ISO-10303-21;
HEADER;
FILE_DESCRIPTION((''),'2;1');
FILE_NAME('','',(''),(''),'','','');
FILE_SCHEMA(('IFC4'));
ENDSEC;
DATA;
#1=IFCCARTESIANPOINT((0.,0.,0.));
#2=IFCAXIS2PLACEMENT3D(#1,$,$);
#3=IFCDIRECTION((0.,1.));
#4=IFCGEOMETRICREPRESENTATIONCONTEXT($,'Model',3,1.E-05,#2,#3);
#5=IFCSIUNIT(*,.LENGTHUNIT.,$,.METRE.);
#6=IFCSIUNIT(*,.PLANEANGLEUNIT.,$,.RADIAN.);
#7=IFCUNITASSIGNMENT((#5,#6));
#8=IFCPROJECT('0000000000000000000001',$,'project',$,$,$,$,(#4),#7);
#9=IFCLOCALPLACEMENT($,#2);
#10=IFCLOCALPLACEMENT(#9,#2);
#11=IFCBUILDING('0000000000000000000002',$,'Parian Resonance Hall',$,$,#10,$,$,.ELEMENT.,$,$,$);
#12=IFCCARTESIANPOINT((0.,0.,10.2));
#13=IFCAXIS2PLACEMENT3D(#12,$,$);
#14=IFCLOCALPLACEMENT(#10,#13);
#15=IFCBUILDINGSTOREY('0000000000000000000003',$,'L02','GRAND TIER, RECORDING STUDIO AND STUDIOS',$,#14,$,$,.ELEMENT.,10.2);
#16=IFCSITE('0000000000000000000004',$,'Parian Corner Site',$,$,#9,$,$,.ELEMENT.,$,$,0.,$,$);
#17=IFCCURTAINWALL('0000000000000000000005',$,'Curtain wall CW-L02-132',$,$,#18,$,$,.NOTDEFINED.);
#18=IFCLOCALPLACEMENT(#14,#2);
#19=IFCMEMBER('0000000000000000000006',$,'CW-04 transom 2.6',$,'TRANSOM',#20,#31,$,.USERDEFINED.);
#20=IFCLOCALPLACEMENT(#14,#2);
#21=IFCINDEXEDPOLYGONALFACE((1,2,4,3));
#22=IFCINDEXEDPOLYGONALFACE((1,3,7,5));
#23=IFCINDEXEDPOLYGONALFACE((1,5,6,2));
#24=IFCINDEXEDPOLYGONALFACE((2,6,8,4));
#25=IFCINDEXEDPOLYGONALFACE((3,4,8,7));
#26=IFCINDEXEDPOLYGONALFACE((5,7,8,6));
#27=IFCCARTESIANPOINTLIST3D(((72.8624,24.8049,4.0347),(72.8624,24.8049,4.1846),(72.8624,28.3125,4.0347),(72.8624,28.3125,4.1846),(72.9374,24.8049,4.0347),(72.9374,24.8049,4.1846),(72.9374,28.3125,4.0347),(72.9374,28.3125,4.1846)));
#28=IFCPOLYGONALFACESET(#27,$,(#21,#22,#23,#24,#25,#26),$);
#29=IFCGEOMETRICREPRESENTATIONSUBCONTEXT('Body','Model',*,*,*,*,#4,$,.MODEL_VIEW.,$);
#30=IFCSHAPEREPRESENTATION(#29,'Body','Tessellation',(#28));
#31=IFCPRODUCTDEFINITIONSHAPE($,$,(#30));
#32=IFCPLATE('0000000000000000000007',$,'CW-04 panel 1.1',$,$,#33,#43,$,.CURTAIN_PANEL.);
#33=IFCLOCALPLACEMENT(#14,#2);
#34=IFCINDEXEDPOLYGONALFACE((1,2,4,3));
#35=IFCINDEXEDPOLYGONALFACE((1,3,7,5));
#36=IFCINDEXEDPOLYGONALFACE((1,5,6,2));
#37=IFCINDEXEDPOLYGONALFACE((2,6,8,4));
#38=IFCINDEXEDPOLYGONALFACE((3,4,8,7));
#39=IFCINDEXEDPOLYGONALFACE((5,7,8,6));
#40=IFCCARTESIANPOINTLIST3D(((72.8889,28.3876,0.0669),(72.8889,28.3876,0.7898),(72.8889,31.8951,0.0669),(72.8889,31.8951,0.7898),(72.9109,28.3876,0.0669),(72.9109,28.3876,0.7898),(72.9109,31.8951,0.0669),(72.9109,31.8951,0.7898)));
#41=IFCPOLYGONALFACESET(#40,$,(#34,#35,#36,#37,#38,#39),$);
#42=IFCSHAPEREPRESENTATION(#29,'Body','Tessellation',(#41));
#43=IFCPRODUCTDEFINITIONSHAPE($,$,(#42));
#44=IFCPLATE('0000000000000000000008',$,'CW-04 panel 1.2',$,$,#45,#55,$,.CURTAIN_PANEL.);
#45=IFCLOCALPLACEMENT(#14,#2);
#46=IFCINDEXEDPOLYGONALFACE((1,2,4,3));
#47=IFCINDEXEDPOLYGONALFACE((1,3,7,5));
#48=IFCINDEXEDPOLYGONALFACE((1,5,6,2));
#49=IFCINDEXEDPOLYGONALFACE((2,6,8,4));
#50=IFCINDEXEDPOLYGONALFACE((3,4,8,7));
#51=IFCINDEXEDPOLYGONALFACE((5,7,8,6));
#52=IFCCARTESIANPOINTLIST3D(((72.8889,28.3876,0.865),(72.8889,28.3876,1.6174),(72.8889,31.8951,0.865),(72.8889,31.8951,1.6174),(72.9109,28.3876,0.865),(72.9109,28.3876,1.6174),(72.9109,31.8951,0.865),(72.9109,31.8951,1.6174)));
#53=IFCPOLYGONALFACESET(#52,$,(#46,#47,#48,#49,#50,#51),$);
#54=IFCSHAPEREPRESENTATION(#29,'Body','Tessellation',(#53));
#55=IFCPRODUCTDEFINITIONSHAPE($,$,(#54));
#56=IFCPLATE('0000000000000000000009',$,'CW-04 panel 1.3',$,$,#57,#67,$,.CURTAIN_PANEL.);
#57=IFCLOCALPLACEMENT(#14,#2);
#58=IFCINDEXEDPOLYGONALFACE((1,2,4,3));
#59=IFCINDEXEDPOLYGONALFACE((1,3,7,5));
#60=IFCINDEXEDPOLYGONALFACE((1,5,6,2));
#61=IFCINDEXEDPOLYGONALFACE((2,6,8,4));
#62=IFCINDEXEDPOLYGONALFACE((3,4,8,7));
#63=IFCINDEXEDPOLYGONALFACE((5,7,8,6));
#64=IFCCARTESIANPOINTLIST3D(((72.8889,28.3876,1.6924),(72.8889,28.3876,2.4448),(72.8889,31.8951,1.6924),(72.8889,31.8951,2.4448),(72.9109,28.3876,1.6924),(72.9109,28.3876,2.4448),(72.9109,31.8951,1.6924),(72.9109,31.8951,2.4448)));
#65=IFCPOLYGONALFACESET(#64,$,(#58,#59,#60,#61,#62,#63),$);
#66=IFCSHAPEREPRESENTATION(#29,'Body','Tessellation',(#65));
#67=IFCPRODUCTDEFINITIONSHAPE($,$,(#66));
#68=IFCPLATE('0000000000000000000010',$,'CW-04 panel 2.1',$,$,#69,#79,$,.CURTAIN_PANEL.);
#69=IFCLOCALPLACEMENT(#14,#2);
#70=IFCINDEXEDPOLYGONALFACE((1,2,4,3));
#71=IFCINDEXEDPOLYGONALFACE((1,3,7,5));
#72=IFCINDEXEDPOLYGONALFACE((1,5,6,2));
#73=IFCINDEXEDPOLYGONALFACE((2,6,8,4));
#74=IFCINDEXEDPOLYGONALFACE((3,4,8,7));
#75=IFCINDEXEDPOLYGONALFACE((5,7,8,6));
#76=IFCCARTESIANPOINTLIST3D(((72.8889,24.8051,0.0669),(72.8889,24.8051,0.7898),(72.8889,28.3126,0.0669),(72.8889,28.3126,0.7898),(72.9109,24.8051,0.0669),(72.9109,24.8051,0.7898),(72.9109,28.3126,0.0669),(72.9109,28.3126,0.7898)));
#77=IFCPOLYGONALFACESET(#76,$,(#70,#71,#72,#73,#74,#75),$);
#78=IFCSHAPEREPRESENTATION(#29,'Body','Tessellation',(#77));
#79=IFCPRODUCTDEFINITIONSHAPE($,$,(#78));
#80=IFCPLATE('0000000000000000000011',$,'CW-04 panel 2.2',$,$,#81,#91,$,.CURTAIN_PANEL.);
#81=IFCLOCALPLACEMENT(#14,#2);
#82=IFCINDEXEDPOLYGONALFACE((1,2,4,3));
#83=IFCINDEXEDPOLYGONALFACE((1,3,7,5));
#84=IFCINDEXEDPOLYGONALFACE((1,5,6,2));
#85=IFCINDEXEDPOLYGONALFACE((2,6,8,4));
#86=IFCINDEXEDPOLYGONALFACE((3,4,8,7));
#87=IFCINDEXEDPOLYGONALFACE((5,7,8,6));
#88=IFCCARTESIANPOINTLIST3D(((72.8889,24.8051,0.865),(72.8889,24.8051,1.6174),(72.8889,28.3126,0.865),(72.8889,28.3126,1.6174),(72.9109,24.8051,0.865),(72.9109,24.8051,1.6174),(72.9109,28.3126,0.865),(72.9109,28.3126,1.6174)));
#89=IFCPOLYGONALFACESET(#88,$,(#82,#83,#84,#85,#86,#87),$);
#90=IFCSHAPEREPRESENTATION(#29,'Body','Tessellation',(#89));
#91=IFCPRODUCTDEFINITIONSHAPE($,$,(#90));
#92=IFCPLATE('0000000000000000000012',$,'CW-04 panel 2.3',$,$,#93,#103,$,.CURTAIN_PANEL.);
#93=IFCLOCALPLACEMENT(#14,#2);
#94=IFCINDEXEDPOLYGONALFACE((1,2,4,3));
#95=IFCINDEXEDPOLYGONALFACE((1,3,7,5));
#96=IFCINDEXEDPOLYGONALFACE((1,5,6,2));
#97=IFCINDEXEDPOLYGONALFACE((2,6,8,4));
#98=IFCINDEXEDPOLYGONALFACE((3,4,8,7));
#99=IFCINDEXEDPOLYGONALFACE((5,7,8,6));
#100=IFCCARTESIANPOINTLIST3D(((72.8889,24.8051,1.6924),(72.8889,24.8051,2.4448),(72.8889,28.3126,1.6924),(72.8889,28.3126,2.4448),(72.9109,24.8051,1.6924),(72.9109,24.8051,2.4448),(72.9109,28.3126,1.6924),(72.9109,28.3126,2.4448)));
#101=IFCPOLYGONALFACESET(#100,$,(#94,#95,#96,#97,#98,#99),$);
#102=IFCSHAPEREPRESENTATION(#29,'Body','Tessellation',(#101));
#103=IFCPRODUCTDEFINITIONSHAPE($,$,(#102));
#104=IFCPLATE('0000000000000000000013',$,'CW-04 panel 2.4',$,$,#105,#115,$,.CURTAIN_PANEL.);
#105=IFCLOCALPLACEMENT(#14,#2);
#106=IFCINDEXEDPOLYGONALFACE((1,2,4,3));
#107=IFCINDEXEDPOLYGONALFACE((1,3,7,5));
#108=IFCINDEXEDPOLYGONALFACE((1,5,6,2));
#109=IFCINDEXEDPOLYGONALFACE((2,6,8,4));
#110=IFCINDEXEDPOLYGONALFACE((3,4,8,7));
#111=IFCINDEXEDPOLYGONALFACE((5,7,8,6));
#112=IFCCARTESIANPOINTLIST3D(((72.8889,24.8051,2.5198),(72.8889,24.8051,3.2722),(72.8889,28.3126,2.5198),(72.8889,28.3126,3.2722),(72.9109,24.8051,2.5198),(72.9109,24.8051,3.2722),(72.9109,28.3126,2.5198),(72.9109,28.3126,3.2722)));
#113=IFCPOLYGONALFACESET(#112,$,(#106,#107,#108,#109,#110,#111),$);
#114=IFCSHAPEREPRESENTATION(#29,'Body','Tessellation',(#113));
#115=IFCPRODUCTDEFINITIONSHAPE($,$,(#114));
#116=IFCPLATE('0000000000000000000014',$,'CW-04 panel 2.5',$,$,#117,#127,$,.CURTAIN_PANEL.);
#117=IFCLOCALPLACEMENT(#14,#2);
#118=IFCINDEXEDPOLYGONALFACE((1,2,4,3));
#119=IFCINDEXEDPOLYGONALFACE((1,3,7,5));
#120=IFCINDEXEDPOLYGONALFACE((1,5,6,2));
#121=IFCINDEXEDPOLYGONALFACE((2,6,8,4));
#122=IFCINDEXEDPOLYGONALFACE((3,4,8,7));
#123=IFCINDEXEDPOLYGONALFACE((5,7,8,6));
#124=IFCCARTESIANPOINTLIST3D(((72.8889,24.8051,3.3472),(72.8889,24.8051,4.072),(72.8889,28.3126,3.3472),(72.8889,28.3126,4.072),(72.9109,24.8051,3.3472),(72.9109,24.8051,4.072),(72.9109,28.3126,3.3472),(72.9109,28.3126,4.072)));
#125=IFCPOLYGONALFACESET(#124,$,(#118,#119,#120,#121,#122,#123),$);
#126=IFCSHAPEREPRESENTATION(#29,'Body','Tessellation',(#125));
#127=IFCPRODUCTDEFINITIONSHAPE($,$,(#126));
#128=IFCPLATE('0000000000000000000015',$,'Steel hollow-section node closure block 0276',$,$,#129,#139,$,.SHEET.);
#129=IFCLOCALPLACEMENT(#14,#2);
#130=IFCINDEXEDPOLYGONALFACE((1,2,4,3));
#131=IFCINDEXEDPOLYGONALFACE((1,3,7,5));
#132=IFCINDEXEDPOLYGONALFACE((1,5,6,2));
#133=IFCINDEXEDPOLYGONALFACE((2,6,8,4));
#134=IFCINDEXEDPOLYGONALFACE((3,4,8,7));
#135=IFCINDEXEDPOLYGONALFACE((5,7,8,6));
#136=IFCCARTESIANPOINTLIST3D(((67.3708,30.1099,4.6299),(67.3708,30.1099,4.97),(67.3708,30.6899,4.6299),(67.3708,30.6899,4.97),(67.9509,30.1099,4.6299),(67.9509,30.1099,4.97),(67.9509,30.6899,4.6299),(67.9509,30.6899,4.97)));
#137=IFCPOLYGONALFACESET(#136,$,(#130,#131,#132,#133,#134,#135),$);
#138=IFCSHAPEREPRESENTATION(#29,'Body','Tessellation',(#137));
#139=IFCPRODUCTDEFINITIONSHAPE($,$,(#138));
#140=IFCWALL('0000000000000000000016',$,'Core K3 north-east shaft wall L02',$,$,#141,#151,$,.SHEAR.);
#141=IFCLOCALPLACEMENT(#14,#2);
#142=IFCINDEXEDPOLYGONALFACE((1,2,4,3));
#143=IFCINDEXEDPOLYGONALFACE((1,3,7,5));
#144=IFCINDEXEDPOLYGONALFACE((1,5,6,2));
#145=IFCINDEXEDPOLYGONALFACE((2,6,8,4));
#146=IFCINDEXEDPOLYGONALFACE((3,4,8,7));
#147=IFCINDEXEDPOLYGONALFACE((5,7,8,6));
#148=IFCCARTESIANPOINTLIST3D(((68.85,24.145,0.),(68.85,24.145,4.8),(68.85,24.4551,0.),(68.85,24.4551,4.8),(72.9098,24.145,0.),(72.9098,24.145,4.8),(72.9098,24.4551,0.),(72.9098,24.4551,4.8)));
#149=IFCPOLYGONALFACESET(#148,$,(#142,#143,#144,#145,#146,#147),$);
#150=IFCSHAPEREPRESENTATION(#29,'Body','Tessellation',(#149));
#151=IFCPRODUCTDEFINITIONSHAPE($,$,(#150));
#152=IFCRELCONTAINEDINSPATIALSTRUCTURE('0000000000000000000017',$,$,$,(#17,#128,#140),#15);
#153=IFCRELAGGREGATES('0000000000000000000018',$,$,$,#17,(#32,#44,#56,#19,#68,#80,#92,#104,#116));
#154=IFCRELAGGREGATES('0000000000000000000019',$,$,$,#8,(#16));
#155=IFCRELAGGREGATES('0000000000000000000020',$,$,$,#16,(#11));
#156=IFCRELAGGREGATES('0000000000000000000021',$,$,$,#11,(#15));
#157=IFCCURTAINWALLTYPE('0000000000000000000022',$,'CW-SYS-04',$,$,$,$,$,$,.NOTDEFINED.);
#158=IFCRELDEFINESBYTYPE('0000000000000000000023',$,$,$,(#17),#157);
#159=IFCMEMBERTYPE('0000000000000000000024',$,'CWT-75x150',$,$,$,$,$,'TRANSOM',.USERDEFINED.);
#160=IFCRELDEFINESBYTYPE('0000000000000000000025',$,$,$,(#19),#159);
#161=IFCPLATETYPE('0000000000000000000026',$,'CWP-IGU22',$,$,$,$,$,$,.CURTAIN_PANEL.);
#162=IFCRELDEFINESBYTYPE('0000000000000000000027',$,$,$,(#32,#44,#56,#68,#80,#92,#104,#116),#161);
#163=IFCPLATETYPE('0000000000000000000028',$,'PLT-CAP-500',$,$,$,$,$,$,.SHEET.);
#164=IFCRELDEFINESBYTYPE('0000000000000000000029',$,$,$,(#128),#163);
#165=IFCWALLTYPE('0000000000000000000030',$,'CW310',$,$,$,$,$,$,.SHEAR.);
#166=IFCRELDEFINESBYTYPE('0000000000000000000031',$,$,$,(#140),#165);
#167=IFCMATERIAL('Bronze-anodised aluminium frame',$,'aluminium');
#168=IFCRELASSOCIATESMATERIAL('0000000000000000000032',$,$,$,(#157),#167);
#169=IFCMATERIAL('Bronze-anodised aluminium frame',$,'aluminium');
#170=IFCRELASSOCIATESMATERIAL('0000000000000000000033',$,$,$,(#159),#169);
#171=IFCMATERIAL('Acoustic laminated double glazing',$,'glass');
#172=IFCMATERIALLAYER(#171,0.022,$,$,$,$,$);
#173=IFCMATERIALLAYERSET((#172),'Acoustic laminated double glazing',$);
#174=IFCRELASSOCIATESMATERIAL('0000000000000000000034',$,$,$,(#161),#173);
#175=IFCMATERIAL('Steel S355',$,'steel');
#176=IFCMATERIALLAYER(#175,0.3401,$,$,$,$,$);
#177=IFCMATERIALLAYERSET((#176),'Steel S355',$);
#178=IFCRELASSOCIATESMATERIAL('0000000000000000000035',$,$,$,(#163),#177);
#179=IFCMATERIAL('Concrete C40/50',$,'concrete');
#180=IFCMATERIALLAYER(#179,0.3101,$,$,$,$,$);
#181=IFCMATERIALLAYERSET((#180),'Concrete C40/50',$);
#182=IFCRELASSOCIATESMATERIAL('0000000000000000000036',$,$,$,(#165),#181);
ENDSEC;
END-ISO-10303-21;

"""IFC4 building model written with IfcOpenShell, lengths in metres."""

from ifc_helpers import new_model, si_unit, direction, frame, frame_2d, origin, origin_2d, place, context, subcontext, project, spatial, rectangle, extrude, material, layer, layer_set, material_profile, profile_set, type_object, element, aggregate, save


model = new_model("IFC4")

# Units and contexts
model_context = context("Model", 3, precision=1e-05, world=origin(), true_north=direction((0.0, 1.0)))
body_context = subcontext(model_context, "Body", "Model", "MODEL_VIEW")
ifc_project = project(units=[si_unit("LENGTHUNIT", "METRE"), si_unit("PLANEANGLEUNIT", "RADIAN")], contexts=[model_context])

# Site, building, storey
site_placement = place(None, origin())
site = spatial("IfcSite", under=ifc_project, at=site_placement, Name="Parian Corner Site", CompositionType="ELEMENT", RefElevation=0.0)
building_placement = place(site_placement, origin())
building = spatial("IfcBuilding", under=site, at=building_placement, Name="Parian Resonance Hall", CompositionType="ELEMENT")
storey_placement = place(building_placement, frame((0.0, 0.0, 10.2)))
storey = spatial("IfcBuildingStorey", under=building, at=storey_placement, Name="L02", Description="GRAND TIER, RECORDING STUDIO AND STUDIOS", CompositionType="ELEMENT", Elevation=10.2)

# Curtain wall, member, plates
ifc_material_1 = material(Name="Bronze-anodised aluminium frame", Category="aluminium")
curtain_wall_type = type_object("IfcCurtainWallType", Name="CW-SYS-04", PredefinedType="NOTDEFINED", material=ifc_material_1)
curtain_wall_placement = place(storey_placement, origin())
curtain_wall = element("IfcCurtainWall", 1, at=curtain_wall_placement, inside=storey, type_object=curtain_wall_type, Name="Curtain wall CW-L02-132", PredefinedType="NOTDEFINED")
ifc_material_2 = material(Name="Bronze-anodised aluminium frame", Category="aluminium")
ifc_material_profile_1 = material_profile(ifc_material_2, rectangle(XDim=0.075, YDim=0.1499, at=origin_2d()), Name="CWT-75x150")
ifc_profile_set_1 = profile_set([ifc_material_profile_1], Name="Bronze-anodised aluminium frame")
member_type_1 = type_object("IfcMemberType", Name="CWT-75x150", ElementType="TRANSOM", PredefinedType="USERDEFINED", material=ifc_profile_set_1)
member_1_placement = place(storey_placement, frame((72.8999, 28.3125, 4.1096), z_axis=(0.0, -1.0, 0.0), x_axis=(1.0, 0.0, 0.0)))
member_1 = element("IfcMember", 2, at=member_1_placement, type_object=member_type_1, Name="CW-04 transom 2.6", ObjectType="TRANSOM", PredefinedType="USERDEFINED", context=body_context, shape_type="SweptSolid", body=[
    extrude(rectangle(XDim=0.075, YDim=0.1499, at=origin_2d()), origin(), (0.0, 0.0, 1.0), 3.5076),
])
ifc_material_3 = material(Name="Acoustic laminated double glazing", Category="glass")
ifc_layer_1 = layer(ifc_material_3, 0.022)
ifc_layer_set_1 = layer_set([ifc_layer_1], Name="Acoustic laminated double glazing")
plate_type_1 = type_object("IfcPlateType", Name="CWP-IGU22", PredefinedType="CURTAIN_PANEL", material=ifc_layer_set_1)
plate_1_placement = place(storey_placement, frame((72.8999, 30.1414, 0.0669), z_axis=(0.0, 0.0, 1.0), x_axis=(0.0, -1.0, 0.0)))
plate_1 = element("IfcPlate", 3, at=plate_1_placement, type_object=plate_type_1, Name="CW-04 panel 1.1", PredefinedType="CURTAIN_PANEL", context=body_context, shape_type="SweptSolid", body=[
    extrude(rectangle(XDim=3.5076, YDim=0.022, at=origin_2d()), origin(), (0.0, 0.0, 1.0), 0.7229),
])
plate_2_placement = place(storey_placement, frame((72.8999, 30.1414, 0.865), z_axis=(0.0, 0.0, 1.0), x_axis=(0.0, -1.0, 0.0)))
plate_2 = element("IfcPlate", 4, at=plate_2_placement, type_object=plate_type_1, Name="CW-04 panel 1.2", PredefinedType="CURTAIN_PANEL", context=body_context, shape_type="SweptSolid", body=[
    extrude(rectangle(XDim=3.5076, YDim=0.022, at=origin_2d()), origin(), (0.0, 0.0, 1.0), 0.7524),
])
plate_3_placement = place(storey_placement, frame((72.8999, 30.1414, 1.6924), z_axis=(0.0, 0.0, 1.0), x_axis=(0.0, -1.0, 0.0)))
plate_3 = element("IfcPlate", 5, at=plate_3_placement, type_object=plate_type_1, Name="CW-04 panel 1.3", PredefinedType="CURTAIN_PANEL", context=body_context, shape_type="SweptSolid", body=[
    extrude(rectangle(XDim=3.5076, YDim=0.022, at=origin_2d()), origin(), (0.0, 0.0, 1.0), 0.7524),
])
plate_4_placement = place(storey_placement, frame((72.8999, 26.5588, 0.0669), z_axis=(0.0, 0.0, 1.0), x_axis=(0.0, -1.0, 0.0)))
plate_4 = element("IfcPlate", 6, at=plate_4_placement, type_object=plate_type_1, Name="CW-04 panel 2.1", PredefinedType="CURTAIN_PANEL", context=body_context, shape_type="SweptSolid", body=[
    extrude(rectangle(XDim=3.5076, YDim=0.022, at=origin_2d()), origin(), (0.0, 0.0, 1.0), 0.7229),
])
plate_5_placement = place(storey_placement, frame((72.8999, 26.5588, 0.865), z_axis=(0.0, 0.0, 1.0), x_axis=(0.0, -1.0, 0.0)))
plate_5 = element("IfcPlate", 7, at=plate_5_placement, type_object=plate_type_1, Name="CW-04 panel 2.2", PredefinedType="CURTAIN_PANEL", context=body_context, shape_type="SweptSolid", body=[
    extrude(rectangle(XDim=3.5076, YDim=0.022, at=origin_2d()), origin(), (0.0, 0.0, 1.0), 0.7524),
])
plate_6_placement = place(storey_placement, frame((72.8999, 26.5588, 1.6924), z_axis=(0.0, 0.0, 1.0), x_axis=(0.0, -1.0, 0.0)))
plate_6 = element("IfcPlate", 8, at=plate_6_placement, type_object=plate_type_1, Name="CW-04 panel 2.3", PredefinedType="CURTAIN_PANEL", context=body_context, shape_type="SweptSolid", body=[
    extrude(rectangle(XDim=3.5076, YDim=0.022, at=origin_2d()), origin(), (0.0, 0.0, 1.0), 0.7524),
])
plate_7_placement = place(storey_placement, frame((72.8999, 26.5588, 2.5198), z_axis=(0.0, 0.0, 1.0), x_axis=(0.0, -1.0, 0.0)))
plate_7 = element("IfcPlate", 9, at=plate_7_placement, type_object=plate_type_1, Name="CW-04 panel 2.4", PredefinedType="CURTAIN_PANEL", context=body_context, shape_type="SweptSolid", body=[
    extrude(rectangle(XDim=3.5076, YDim=0.022, at=origin_2d()), origin(), (0.0, 0.0, 1.0), 0.7524),
])
plate_8_placement = place(storey_placement, frame((72.8999, 26.5588, 3.3472), z_axis=(0.0, 0.0, 1.0), x_axis=(0.0, -1.0, 0.0)))
plate_8 = element("IfcPlate", 10, at=plate_8_placement, type_object=plate_type_1, Name="CW-04 panel 2.5", PredefinedType="CURTAIN_PANEL", context=body_context, shape_type="SweptSolid", body=[
    extrude(rectangle(XDim=3.5076, YDim=0.022, at=origin_2d()), origin(), (0.0, 0.0, 1.0), 0.7249),
])
aggregate(curtain_wall, [plate_1, plate_2, plate_3, member_1, plate_4, plate_5, plate_6, plate_7, plate_8])

# Plate
ifc_material_4 = material(Name="Steel S355", Category="steel")
ifc_layer_2 = layer(ifc_material_4, 0.3401)
ifc_layer_set_2 = layer_set([ifc_layer_2], Name="Steel S355")
plate_type_2 = type_object("IfcPlateType", Name="PLT-CAP-500", PredefinedType="SHEET", material=ifc_layer_set_2)
plate_9_placement = place(storey_placement, frame((67.6609, 30.3999, 4.6299), z_axis=(0.0, 0.0, 1.0), x_axis=(1.0, 0.0, 0.0)))
element("IfcPlate", 11, at=plate_9_placement, inside=storey, type_object=plate_type_2, Name="Steel hollow-section node closure block 0276", PredefinedType="SHEET", context=body_context, shape_type="SweptSolid", body=[
    extrude(rectangle(XDim=0.5801, YDim=0.5801, at=origin_2d()), origin(), (0.0, 0.0, 1.0), 0.3401),
])

# Wall
ifc_material_5 = material(Name="Concrete C40/50", Category="concrete")
ifc_layer_3 = layer(ifc_material_5, 0.3101)
ifc_layer_set_3 = layer_set([ifc_layer_3], Name="Concrete C40/50")
wall_type = type_object("IfcWallType", Name="CW310", PredefinedType="SHEAR", material=ifc_layer_set_3)
wall_placement = place(storey_placement, frame((68.8501, 24.3, 0.0), z_axis=(0.0, 0.0, 1.0), x_axis=(1.0, 0.0, 0.0)))
element("IfcWall", 12, at=wall_placement, inside=storey, type_object=wall_type, Name="Core K3 north-east shaft wall L02", PredefinedType="SHEAR", context=body_context, shape_type="SweptSolid", body=[
    extrude(rectangle(XDim=4.0598, YDim=0.3101, at=frame_2d((2.0298, 0.0))), origin(), (0.0, 0.0, 1.0), 4.8),
])

save(model, "model.ifc")
